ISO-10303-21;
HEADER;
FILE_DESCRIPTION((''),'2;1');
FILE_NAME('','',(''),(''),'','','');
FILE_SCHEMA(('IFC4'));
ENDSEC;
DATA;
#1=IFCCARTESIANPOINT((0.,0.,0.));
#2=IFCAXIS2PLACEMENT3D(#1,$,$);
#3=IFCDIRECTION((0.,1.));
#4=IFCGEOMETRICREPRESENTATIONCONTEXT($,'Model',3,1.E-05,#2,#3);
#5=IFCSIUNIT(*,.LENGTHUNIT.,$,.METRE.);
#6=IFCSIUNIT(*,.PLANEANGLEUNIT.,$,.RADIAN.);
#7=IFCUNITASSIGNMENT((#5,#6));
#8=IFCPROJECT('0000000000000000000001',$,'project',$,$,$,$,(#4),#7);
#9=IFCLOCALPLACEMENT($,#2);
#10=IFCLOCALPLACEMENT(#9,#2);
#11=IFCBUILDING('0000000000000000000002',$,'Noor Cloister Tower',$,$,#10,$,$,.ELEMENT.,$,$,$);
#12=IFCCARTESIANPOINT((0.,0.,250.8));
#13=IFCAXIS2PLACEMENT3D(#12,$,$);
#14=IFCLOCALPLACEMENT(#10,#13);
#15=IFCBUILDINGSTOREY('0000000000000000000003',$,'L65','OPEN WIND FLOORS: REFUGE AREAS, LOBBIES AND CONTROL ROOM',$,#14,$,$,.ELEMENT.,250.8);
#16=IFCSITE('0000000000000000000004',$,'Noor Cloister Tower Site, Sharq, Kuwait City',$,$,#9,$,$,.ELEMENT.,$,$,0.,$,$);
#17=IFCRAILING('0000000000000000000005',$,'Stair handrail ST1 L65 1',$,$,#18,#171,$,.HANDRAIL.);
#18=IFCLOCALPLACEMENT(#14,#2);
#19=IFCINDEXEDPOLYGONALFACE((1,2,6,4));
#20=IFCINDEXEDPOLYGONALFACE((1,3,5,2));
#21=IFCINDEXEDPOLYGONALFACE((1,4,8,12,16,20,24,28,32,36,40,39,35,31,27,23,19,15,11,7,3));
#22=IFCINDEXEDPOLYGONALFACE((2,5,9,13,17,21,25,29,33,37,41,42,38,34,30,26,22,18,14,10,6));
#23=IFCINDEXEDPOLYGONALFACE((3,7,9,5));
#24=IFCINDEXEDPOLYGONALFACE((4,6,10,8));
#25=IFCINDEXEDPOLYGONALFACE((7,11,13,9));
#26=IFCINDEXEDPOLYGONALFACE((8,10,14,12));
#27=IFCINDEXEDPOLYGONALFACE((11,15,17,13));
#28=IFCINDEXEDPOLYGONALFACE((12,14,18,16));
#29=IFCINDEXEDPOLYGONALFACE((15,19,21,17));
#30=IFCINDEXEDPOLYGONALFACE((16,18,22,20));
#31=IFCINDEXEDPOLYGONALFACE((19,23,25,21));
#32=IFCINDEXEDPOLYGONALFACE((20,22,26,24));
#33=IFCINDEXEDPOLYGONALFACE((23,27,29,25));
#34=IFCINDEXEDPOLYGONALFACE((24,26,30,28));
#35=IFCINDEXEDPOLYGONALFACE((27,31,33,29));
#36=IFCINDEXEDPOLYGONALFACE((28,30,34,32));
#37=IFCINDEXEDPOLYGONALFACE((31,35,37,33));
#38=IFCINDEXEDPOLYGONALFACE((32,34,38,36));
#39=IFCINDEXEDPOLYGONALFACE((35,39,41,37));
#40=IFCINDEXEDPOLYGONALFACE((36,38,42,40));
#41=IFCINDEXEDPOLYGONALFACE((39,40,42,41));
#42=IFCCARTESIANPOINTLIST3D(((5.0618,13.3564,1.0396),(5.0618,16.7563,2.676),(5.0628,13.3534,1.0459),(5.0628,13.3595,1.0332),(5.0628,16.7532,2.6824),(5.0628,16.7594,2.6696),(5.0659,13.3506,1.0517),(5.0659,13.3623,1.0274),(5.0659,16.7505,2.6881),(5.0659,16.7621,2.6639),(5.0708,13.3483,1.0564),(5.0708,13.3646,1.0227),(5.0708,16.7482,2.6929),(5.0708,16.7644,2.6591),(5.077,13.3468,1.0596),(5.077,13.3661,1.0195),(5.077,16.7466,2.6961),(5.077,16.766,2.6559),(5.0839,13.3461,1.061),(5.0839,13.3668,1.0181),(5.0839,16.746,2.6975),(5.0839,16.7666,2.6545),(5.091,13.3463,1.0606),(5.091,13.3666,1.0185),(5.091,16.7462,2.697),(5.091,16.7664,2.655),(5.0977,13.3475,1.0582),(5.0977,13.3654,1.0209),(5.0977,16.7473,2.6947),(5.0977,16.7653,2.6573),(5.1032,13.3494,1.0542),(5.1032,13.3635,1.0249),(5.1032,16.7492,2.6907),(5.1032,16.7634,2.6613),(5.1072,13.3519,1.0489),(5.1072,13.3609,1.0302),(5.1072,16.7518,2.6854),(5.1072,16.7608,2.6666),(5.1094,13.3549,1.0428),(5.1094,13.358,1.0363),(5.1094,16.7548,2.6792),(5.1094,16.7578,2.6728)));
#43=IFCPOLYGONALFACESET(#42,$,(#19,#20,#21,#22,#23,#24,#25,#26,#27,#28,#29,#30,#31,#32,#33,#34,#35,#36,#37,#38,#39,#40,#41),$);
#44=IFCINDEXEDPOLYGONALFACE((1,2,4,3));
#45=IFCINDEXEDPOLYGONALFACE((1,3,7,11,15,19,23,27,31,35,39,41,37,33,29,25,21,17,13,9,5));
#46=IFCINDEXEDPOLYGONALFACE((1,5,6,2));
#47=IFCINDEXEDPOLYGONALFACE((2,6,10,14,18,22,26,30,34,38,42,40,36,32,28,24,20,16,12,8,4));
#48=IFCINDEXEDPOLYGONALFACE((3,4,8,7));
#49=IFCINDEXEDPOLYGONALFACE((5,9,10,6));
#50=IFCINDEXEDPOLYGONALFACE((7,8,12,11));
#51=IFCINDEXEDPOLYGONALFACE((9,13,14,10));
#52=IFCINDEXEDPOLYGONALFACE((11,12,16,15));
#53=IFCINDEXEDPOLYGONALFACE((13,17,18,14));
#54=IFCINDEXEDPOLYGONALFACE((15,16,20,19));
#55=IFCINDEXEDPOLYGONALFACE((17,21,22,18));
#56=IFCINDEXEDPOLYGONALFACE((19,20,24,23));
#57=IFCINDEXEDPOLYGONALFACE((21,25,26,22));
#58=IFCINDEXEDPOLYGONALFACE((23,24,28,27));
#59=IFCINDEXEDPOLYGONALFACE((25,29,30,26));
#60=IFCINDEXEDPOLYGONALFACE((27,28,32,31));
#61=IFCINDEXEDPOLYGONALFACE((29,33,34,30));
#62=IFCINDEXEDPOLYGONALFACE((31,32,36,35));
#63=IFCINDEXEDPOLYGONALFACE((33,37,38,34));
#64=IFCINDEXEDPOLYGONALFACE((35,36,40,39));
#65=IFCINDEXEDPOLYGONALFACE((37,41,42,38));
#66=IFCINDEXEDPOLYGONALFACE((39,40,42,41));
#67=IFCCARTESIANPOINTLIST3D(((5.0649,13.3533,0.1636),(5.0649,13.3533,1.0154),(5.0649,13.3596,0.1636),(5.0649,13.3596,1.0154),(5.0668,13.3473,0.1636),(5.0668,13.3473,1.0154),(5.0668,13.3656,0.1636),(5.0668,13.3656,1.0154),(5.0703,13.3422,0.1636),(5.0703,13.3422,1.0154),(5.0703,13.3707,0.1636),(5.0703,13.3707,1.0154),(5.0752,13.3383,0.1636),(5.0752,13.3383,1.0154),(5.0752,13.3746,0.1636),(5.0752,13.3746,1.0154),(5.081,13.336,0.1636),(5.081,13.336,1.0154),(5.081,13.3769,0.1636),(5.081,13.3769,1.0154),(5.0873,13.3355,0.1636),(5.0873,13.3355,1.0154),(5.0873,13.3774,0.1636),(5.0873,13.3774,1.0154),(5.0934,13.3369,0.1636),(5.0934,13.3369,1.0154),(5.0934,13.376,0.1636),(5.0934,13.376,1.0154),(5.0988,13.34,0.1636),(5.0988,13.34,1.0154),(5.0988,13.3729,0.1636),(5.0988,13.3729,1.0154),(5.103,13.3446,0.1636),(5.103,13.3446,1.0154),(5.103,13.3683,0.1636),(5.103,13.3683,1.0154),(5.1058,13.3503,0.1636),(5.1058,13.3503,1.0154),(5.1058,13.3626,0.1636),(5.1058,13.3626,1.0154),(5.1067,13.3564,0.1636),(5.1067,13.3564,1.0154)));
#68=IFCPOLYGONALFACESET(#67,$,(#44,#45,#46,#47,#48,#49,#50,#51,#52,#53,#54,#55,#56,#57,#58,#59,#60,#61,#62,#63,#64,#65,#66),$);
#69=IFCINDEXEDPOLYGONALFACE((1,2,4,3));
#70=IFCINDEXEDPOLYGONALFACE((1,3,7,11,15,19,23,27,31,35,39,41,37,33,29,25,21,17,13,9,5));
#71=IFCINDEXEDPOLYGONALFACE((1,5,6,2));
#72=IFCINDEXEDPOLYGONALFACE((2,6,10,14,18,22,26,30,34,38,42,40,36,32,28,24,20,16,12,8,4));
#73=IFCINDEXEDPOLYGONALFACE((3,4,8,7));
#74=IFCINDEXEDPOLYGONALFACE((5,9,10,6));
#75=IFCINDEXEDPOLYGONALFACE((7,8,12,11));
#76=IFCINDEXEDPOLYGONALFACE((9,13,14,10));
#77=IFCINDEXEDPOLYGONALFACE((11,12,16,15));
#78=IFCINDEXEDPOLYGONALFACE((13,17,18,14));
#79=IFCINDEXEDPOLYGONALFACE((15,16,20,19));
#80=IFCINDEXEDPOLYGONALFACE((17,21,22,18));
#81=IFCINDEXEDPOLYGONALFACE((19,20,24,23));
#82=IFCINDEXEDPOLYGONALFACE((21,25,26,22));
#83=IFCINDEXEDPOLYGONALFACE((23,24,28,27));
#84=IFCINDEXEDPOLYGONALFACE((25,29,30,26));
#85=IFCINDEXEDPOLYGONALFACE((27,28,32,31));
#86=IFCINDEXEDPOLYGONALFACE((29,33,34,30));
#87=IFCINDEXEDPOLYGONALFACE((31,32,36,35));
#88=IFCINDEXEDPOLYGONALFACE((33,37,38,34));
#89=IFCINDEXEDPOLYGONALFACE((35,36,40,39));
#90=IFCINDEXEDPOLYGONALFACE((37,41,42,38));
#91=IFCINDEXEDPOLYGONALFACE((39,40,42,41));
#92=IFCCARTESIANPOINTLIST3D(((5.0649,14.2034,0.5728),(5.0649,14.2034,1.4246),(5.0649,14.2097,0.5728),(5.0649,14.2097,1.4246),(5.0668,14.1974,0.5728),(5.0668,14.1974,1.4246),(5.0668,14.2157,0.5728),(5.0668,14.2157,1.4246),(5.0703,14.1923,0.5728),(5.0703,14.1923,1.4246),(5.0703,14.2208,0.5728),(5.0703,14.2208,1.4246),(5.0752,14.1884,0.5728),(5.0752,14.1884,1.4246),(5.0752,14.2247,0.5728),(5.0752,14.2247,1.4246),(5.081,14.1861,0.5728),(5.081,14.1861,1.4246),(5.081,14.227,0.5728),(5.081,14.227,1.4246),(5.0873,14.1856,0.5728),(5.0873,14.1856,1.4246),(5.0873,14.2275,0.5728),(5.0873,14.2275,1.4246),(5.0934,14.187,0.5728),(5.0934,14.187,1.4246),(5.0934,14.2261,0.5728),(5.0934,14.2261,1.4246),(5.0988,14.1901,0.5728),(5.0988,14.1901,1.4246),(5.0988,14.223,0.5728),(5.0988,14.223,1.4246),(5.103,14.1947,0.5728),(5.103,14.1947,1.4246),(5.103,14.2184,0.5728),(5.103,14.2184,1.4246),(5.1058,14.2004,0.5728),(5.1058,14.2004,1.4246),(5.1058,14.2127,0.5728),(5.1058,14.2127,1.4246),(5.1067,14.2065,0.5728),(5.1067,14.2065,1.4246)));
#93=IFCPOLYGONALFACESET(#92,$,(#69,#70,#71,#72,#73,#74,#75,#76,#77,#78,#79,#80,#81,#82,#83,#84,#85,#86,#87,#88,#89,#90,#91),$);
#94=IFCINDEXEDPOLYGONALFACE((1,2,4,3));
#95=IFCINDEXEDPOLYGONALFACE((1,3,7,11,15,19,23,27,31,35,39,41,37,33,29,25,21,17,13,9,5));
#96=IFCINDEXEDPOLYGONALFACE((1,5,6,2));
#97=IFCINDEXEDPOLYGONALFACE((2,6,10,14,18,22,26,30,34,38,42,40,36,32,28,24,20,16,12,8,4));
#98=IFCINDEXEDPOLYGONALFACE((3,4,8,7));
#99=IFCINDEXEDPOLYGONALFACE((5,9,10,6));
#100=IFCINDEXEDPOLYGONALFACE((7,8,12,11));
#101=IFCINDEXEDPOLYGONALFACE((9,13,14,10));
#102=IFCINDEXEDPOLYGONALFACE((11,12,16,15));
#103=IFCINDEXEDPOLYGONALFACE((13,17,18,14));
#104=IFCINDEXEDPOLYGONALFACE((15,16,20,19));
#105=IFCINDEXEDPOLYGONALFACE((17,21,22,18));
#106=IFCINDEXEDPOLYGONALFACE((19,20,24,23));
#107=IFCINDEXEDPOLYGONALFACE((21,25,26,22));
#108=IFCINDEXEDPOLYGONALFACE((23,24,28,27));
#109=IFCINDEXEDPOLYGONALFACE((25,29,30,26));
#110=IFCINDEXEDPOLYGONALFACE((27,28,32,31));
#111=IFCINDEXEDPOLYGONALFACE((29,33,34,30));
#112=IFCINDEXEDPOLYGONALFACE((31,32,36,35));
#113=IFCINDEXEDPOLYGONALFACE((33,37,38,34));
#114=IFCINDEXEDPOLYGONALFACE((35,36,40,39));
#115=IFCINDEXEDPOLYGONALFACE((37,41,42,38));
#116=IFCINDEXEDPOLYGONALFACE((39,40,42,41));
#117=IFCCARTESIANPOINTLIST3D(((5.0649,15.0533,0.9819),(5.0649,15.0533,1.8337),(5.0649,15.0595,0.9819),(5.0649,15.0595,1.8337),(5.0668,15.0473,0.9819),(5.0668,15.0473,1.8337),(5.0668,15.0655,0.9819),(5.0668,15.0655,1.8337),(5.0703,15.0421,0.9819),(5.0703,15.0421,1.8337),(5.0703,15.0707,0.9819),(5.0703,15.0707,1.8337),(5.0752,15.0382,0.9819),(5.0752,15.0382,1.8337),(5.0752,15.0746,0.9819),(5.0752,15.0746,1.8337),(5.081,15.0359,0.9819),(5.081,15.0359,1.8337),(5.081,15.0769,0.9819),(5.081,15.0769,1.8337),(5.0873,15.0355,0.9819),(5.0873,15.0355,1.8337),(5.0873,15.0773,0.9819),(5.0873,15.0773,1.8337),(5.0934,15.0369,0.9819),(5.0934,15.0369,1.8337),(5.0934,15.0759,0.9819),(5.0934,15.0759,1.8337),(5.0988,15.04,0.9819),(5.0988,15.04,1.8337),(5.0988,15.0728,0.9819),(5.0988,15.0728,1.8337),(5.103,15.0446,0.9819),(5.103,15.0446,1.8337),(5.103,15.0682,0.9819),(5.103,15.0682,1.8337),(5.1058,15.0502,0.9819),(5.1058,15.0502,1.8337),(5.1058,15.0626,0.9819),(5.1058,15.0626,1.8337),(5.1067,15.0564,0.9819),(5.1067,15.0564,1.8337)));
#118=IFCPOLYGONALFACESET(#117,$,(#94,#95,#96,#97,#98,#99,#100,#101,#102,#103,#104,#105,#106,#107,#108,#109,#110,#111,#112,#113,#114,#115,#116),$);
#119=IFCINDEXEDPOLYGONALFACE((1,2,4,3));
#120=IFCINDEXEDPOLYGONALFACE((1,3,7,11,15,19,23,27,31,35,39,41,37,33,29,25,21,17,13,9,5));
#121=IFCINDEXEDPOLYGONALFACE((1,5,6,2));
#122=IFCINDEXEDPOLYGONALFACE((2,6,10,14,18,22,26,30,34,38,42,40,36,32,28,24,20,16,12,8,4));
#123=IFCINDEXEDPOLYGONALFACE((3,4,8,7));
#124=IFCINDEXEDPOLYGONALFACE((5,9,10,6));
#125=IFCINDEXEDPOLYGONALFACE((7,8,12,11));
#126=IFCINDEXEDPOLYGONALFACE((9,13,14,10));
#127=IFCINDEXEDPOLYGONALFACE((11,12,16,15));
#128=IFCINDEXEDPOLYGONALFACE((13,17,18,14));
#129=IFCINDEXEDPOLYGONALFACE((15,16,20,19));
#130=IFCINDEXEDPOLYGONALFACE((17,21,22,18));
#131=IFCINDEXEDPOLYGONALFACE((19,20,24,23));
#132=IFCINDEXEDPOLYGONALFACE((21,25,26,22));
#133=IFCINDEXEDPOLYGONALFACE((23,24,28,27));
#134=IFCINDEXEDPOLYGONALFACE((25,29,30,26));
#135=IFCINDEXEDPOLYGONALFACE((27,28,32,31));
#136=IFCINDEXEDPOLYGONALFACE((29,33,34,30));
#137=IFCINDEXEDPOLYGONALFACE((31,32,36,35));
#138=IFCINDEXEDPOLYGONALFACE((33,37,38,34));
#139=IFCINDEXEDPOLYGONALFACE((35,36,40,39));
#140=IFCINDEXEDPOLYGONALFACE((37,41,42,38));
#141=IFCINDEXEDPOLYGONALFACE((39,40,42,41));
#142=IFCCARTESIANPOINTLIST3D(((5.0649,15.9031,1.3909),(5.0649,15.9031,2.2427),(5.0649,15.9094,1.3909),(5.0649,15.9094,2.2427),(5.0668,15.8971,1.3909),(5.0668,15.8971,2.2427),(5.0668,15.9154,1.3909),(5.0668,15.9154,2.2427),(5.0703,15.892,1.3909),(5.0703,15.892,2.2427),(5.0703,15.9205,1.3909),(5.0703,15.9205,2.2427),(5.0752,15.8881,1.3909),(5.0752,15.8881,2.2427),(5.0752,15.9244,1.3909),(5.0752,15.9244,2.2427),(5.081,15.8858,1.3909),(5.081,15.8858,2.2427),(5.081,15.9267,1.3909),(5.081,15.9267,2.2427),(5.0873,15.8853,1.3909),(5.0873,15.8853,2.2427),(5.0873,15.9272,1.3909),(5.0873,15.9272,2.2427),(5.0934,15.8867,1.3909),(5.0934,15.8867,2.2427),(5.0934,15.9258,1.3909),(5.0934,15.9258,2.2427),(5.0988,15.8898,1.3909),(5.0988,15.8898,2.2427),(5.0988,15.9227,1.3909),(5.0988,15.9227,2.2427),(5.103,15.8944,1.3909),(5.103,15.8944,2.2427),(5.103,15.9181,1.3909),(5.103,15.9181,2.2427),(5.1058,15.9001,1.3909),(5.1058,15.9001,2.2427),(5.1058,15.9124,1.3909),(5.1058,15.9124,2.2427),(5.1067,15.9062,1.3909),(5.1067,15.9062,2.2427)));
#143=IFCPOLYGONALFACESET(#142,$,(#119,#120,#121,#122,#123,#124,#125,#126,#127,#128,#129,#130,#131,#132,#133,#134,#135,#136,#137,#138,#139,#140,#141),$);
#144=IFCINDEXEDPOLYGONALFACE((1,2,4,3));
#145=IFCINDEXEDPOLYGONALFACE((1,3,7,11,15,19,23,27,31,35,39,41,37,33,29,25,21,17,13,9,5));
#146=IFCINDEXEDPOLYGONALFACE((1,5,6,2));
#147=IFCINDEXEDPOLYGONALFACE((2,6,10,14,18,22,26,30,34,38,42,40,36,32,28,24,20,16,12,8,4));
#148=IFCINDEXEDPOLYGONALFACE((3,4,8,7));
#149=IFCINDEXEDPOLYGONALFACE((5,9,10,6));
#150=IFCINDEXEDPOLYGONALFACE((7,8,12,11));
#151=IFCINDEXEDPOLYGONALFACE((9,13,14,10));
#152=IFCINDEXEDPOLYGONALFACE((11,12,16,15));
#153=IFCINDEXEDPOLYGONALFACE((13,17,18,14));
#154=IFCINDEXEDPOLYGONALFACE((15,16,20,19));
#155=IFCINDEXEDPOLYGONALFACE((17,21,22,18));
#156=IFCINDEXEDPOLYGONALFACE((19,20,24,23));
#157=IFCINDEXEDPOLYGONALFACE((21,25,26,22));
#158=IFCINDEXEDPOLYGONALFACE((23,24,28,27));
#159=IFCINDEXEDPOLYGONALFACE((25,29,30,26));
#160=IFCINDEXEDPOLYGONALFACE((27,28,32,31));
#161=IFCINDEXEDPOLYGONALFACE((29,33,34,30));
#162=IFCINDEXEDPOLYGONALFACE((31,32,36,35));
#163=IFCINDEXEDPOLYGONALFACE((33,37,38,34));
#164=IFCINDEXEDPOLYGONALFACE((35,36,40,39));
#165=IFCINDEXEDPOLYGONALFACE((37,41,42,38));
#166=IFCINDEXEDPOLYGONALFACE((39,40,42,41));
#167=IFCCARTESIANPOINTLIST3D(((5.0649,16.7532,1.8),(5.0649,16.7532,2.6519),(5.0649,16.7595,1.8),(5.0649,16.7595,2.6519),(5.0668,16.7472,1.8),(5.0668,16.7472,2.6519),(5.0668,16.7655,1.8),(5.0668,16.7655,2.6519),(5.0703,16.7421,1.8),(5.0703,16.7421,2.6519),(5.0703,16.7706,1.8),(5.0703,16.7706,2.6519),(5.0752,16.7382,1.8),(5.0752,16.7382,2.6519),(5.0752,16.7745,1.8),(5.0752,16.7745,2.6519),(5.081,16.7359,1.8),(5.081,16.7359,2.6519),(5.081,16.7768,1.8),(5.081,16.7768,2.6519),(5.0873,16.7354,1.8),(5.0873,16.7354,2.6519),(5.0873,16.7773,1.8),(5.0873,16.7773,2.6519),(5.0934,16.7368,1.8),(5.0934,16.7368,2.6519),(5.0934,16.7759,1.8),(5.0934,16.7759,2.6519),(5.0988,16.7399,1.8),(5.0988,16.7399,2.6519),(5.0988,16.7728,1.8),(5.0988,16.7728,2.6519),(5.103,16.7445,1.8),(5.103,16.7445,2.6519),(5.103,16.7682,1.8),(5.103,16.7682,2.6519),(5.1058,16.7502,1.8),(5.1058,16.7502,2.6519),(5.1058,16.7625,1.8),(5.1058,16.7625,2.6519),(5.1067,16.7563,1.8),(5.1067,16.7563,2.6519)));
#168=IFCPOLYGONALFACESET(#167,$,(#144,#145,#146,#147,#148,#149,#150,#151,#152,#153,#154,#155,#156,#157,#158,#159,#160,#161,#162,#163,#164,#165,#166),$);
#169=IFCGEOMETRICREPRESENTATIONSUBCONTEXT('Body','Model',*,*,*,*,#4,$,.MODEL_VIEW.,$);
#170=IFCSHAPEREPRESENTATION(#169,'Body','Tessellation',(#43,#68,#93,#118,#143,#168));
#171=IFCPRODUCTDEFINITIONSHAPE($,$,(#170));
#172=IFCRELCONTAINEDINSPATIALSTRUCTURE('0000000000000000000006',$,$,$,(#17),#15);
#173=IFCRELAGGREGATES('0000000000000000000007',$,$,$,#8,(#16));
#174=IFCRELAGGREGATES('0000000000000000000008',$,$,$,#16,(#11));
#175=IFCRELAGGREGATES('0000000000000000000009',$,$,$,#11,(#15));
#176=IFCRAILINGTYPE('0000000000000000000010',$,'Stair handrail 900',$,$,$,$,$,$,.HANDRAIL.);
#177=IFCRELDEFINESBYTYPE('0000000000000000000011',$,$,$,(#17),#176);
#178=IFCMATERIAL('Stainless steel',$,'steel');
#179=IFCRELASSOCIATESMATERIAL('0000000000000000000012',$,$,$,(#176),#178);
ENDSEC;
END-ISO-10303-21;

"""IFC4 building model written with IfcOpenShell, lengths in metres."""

from ifc_helpers import new_model, si_unit, direction, frame, origin, origin_2d, place, context, subcontext, project, spatial, circle, extrude, material, type_object, element, save


model = new_model("IFC4")

# Units and contexts
model_context = context("Model", 3, precision=1e-05, world=origin(), true_north=direction((0.0, 1.0)))
body_context = subcontext(model_context, "Body", "Model", "MODEL_VIEW")
ifc_project = project(units=[si_unit("LENGTHUNIT", "METRE"), si_unit("PLANEANGLEUNIT", "RADIAN")], contexts=[model_context])

# Site, building, storey
site_placement = place(None, origin())
site = spatial("IfcSite", under=ifc_project, at=site_placement, Name="Noor Cloister Tower Site, Sharq, Kuwait City", CompositionType="ELEMENT", RefElevation=0.0)
building_placement = place(site_placement, origin())
building = spatial("IfcBuilding", under=site, at=building_placement, Name="Noor Cloister Tower", CompositionType="ELEMENT")
storey_placement = place(building_placement, frame((0.0, 0.0, 250.8)))
storey = spatial("IfcBuildingStorey", under=building, at=storey_placement, Name="L65", Description="OPEN WIND FLOORS: REFUGE AREAS, LOBBIES AND CONTROL ROOM", CompositionType="ELEMENT", Elevation=250.8)

# Railing
ifc_material_1 = material(Name="Stainless steel", Category="steel")
railing_type_1 = type_object("IfcRailingType", Name="Stair handrail 900", PredefinedType="HANDRAIL", material=ifc_material_1)
railing_1_placement = place(storey_placement, frame((5.0857, 13.3564, 0.1636)))
element("IfcRailing", 1, at=railing_1_placement, inside=storey, type_object=railing_type_1, Name="Stair handrail ST1 L65 1", PredefinedType="HANDRAIL", context=body_context, shape_type="SweptSolid", body=[
    extrude(circle(Radius=0.0239, at=origin_2d()), frame((0.0, 0.0, 0.876), z_axis=(0.0, 0.901055, 0.433705), x_axis=(-1.0, 0.0, 0.0)), (0.0, 0.0, 1.0), 3.7732),
    extrude(circle(Radius=0.021, at=origin_2d()), origin(), (0.0, 0.0, 1.0), 0.8518),
    extrude(circle(Radius=0.021, at=origin_2d()), frame((0.0, 0.8501, 0.4092)), (0.0, 0.0, 1.0), 0.8518),
    extrude(circle(Radius=0.021, at=origin_2d()), frame((0.0, 1.7, 0.8184)), (0.0, 0.0, 1.0), 0.8518),
    extrude(circle(Radius=0.021, at=origin_2d()), frame((0.0, 2.5498, 1.2273)), (0.0, 0.0, 1.0), 0.8518),
    extrude(circle(Radius=0.021, at=origin_2d()), frame((0.0, 3.3999, 1.6365)), (0.0, 0.0, 1.0), 0.8518),
])

save(model, "model.ifc")
